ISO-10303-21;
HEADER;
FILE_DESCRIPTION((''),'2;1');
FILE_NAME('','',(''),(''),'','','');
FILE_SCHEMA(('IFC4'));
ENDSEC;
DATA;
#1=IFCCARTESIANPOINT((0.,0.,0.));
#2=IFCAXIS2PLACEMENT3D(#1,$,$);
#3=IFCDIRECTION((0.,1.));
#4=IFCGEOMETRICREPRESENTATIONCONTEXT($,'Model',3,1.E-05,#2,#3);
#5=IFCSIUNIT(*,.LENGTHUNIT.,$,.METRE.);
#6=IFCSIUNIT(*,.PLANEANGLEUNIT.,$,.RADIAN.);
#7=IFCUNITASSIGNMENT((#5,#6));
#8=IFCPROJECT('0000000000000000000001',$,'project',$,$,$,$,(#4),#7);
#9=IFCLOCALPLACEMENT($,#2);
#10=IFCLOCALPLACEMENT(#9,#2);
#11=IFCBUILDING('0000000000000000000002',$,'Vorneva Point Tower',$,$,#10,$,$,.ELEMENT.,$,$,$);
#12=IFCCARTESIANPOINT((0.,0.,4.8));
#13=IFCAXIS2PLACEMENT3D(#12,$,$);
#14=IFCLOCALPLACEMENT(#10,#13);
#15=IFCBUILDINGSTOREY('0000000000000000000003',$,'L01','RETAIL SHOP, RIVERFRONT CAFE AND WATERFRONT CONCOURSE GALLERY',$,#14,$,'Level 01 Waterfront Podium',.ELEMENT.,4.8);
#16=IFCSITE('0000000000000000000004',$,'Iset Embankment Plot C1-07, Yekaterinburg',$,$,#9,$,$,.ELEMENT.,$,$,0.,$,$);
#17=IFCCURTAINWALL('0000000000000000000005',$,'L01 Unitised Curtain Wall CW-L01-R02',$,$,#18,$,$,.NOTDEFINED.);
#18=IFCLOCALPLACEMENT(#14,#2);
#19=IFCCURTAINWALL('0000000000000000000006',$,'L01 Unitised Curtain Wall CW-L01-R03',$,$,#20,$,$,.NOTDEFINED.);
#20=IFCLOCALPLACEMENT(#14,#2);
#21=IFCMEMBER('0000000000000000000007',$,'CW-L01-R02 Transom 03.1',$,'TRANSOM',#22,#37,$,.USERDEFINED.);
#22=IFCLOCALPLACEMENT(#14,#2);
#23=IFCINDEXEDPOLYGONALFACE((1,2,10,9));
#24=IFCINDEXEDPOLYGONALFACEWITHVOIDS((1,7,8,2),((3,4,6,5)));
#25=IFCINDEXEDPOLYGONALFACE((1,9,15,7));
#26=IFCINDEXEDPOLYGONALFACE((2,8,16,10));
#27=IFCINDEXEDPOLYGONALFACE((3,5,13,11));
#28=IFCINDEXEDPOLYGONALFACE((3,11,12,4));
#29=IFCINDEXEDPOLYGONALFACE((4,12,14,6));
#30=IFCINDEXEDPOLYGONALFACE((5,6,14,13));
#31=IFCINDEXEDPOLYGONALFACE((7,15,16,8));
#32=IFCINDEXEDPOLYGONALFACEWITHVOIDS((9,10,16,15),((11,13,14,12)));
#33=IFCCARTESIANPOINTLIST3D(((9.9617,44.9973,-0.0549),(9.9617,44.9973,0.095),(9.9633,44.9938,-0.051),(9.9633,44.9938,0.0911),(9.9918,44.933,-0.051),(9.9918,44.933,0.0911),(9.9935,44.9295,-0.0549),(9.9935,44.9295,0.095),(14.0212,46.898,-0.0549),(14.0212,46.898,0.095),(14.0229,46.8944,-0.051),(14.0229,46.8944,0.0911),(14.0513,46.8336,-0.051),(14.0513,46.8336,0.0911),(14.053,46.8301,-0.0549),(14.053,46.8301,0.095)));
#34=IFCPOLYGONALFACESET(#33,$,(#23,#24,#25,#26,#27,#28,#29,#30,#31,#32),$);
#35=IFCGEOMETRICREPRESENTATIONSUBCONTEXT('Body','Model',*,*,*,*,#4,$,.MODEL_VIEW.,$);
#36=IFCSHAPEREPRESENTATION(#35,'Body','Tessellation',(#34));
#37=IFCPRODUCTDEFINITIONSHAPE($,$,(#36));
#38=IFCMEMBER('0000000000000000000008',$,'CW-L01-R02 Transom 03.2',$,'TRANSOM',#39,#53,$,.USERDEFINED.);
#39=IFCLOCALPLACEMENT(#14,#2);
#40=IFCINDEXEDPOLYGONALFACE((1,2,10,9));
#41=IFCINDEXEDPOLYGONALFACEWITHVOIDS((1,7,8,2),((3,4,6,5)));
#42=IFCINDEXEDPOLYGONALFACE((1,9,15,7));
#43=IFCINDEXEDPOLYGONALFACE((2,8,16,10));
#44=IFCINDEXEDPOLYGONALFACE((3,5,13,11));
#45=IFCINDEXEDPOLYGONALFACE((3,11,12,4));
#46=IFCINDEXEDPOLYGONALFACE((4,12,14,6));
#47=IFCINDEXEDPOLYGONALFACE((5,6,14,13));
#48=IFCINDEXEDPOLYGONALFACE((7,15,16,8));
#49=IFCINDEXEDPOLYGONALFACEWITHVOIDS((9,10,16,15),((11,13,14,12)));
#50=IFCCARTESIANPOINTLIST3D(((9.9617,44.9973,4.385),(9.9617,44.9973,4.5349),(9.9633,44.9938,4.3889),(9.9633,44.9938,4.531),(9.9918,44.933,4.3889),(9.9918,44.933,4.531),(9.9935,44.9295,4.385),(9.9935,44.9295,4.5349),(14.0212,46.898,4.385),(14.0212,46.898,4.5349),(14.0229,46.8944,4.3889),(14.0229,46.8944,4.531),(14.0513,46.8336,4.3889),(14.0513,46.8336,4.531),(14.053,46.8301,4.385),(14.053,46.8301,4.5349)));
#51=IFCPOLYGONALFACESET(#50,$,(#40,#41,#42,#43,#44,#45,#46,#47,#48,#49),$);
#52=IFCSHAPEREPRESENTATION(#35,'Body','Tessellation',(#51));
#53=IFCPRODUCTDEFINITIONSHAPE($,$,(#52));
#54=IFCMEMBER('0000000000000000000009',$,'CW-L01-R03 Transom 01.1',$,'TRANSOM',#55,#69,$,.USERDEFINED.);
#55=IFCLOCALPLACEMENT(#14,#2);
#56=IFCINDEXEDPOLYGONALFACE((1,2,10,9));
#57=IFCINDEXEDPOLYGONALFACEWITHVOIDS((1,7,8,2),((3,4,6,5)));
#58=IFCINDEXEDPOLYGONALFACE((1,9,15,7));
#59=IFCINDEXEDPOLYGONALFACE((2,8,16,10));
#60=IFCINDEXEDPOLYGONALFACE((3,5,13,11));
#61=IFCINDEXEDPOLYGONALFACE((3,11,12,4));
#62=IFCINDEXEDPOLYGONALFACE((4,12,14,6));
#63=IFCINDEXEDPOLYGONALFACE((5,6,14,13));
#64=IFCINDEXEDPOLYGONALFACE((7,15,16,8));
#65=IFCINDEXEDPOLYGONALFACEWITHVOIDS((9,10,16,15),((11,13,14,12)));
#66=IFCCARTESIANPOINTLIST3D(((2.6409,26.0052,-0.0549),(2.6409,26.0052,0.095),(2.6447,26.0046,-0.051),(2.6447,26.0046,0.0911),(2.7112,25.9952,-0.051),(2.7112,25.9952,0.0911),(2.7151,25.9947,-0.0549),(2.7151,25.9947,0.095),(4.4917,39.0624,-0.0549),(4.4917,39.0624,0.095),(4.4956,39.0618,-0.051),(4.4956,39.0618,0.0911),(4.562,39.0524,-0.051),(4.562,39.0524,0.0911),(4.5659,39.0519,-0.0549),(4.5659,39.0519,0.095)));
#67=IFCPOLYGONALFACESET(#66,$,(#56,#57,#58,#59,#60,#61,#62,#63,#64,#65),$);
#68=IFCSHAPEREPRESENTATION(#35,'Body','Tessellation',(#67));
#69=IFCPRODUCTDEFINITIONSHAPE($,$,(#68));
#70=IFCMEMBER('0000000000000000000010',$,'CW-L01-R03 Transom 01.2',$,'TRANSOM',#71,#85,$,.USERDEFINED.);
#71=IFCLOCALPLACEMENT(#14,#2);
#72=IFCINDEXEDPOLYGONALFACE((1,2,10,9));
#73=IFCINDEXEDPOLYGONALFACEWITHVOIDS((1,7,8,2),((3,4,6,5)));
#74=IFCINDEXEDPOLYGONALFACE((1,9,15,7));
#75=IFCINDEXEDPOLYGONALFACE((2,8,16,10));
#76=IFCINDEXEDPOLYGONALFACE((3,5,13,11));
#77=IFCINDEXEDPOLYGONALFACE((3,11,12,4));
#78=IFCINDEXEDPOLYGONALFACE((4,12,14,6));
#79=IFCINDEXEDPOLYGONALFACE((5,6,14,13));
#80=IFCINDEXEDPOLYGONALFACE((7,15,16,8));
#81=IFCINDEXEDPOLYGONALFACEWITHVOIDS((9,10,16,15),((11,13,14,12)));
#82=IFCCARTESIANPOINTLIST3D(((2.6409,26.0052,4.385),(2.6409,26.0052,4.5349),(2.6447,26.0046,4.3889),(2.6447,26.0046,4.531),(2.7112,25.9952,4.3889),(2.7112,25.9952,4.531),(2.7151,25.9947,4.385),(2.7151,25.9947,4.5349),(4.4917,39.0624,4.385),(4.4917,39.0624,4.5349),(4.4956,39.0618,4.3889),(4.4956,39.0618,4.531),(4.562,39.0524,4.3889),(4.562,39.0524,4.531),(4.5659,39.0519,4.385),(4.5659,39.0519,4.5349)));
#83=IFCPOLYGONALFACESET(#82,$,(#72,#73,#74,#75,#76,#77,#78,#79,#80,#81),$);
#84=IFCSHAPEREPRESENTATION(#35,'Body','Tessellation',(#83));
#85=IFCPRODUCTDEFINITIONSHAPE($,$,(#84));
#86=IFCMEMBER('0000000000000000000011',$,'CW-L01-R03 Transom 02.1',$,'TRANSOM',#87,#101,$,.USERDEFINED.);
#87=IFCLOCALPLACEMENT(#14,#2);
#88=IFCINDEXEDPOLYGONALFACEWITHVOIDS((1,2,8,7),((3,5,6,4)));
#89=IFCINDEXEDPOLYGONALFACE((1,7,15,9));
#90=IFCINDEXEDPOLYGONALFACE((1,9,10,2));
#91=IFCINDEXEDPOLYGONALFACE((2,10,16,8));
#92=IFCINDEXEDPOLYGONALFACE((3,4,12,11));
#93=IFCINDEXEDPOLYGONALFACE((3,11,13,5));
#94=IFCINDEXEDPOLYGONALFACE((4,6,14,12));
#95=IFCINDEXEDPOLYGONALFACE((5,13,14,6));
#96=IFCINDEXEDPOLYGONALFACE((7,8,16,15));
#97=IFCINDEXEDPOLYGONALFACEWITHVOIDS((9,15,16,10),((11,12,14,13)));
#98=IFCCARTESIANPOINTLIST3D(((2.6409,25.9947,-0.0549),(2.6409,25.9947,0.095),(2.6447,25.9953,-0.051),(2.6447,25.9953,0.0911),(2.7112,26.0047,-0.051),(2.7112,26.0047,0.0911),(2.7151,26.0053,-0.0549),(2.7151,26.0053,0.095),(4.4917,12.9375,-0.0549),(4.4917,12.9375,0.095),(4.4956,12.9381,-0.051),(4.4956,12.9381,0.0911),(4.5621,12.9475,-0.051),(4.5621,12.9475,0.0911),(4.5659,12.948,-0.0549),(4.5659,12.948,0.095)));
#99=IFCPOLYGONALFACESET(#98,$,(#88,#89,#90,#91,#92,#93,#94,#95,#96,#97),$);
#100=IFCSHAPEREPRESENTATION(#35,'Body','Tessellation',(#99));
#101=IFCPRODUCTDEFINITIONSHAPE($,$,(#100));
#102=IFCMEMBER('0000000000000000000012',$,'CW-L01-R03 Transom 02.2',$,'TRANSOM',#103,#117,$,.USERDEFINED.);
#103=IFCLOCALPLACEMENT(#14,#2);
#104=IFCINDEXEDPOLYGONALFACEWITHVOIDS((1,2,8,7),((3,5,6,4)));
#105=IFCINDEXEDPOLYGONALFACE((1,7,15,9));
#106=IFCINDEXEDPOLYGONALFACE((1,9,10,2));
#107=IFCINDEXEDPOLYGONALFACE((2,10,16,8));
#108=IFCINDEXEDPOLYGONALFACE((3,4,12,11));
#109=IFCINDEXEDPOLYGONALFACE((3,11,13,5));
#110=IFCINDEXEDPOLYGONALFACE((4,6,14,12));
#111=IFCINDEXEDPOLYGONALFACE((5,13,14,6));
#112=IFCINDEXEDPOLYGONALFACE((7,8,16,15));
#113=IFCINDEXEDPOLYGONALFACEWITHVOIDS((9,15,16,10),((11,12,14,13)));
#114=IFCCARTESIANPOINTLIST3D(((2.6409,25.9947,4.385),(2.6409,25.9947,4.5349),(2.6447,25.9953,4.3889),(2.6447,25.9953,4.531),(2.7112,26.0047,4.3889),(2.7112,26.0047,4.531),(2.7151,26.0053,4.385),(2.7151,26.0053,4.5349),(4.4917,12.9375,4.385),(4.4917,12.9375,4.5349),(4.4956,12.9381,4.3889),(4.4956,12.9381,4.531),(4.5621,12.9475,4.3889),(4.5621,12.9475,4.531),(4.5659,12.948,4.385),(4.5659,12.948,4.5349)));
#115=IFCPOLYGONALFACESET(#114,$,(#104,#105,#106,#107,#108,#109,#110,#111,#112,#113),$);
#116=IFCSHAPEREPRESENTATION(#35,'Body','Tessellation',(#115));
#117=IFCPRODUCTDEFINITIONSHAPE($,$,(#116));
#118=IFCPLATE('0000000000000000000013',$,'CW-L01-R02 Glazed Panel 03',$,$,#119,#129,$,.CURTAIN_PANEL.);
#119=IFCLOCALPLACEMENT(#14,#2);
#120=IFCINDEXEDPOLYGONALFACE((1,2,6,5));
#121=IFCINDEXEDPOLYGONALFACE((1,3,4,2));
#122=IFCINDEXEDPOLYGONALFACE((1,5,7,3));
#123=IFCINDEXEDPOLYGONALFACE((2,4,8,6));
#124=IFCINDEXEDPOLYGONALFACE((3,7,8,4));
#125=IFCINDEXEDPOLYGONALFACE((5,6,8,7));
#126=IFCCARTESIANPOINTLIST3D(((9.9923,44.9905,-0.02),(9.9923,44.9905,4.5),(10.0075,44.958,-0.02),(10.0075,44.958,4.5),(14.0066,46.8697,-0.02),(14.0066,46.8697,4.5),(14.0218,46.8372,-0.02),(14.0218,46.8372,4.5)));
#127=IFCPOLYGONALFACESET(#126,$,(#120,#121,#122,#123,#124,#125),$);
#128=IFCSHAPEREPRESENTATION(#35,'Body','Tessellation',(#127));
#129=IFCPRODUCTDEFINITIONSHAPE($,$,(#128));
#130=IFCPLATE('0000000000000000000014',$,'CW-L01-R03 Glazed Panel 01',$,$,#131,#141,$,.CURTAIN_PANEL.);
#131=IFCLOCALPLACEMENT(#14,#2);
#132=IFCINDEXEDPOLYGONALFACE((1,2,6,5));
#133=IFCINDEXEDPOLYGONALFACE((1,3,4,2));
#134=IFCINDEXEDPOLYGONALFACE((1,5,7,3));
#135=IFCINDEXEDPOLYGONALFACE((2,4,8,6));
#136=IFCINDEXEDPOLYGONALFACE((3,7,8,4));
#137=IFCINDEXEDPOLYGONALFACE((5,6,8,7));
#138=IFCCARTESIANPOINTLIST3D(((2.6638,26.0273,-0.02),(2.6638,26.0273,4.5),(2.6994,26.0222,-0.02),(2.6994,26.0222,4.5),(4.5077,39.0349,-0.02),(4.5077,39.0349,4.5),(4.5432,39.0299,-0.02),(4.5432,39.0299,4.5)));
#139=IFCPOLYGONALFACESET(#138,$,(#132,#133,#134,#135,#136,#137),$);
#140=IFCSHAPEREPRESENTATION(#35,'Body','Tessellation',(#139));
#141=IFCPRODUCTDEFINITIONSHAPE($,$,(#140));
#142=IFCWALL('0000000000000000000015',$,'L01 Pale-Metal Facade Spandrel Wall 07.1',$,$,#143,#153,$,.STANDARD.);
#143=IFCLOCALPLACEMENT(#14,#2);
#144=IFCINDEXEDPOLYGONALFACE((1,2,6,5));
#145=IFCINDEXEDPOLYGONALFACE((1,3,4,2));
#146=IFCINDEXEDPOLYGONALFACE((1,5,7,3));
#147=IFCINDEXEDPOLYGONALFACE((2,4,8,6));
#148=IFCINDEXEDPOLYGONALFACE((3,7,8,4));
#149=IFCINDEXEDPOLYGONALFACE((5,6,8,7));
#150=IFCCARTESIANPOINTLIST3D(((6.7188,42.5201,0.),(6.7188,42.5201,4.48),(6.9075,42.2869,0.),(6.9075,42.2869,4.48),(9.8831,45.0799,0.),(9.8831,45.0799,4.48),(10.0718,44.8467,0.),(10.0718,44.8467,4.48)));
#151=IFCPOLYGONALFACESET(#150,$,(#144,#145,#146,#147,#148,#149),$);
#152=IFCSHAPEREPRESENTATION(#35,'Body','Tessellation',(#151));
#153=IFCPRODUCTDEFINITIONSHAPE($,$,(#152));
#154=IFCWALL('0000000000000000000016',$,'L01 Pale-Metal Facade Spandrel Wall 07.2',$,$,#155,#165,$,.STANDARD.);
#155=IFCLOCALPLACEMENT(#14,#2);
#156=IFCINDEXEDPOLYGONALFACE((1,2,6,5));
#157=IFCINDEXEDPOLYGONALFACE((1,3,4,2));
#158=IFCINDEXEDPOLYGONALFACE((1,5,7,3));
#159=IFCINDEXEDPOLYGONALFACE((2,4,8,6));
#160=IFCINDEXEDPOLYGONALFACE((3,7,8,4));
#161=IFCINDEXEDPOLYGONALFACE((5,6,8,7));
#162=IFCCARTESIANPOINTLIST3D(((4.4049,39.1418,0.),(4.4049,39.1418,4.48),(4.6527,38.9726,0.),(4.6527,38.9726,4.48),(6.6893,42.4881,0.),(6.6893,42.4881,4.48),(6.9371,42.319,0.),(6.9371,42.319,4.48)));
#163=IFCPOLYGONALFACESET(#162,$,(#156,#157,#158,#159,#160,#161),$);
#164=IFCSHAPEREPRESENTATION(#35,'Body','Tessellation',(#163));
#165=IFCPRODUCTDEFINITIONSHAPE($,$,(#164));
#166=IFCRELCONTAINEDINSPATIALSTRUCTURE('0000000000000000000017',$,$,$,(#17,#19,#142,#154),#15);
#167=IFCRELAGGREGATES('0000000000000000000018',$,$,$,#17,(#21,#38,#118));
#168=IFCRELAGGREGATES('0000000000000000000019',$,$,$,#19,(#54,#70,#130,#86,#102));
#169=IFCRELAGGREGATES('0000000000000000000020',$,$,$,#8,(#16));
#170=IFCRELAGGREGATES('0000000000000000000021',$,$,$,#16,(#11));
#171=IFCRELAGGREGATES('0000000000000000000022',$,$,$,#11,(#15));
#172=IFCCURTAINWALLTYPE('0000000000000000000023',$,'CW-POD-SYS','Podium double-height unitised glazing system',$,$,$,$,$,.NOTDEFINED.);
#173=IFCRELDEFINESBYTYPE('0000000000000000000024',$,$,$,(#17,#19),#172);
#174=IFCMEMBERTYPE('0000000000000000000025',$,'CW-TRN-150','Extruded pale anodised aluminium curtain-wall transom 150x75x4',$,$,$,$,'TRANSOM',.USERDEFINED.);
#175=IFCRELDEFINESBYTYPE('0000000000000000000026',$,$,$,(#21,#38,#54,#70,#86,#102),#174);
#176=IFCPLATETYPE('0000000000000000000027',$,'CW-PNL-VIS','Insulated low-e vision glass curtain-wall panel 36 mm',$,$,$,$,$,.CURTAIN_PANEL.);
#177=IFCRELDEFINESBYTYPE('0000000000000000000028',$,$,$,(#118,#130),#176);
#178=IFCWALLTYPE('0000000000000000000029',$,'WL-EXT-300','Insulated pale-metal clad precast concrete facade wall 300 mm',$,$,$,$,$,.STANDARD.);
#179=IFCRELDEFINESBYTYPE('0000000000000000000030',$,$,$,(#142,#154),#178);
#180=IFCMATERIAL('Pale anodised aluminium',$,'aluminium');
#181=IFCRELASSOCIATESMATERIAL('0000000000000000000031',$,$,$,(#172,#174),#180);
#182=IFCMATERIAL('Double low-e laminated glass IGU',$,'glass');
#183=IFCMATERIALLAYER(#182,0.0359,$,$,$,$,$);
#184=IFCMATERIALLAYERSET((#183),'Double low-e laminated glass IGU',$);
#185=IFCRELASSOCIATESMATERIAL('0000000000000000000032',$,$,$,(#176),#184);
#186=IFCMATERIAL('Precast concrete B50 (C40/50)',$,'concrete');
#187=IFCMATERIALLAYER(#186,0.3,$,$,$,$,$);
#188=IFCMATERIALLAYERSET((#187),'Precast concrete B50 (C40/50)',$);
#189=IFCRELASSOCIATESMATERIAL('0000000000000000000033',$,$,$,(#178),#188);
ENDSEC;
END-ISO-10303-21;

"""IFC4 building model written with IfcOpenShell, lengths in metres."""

from ifc_helpers import new_model, si_unit, direction, frame, frame_2d, origin, origin_2d, place, context, subcontext, project, spatial, rectangle, hollow_rectangle, extrude, material, layer, layer_set, material_profile, profile_set, type_object, element, aggregate, save


model = new_model("IFC4")

# Units and contexts
model_context = context("Model", 3, precision=1e-05, world=origin(), true_north=direction((0.0, 1.0)))
body_context = subcontext(model_context, "Body", "Model", "MODEL_VIEW")
ifc_project = project(units=[si_unit("LENGTHUNIT", "METRE"), si_unit("PLANEANGLEUNIT", "RADIAN")], contexts=[model_context])

# Site, building, storey
site_placement = place(None, origin())
site = spatial("IfcSite", under=ifc_project, at=site_placement, Name="Iset Embankment Plot C1-07, Yekaterinburg", CompositionType="ELEMENT", RefElevation=0.0)
building_placement = place(site_placement, origin())
building = spatial("IfcBuilding", under=site, at=building_placement, Name="Vorneva Point Tower", CompositionType="ELEMENT")
storey_placement = place(building_placement, frame((0.0, 0.0, 4.8)))
storey = spatial("IfcBuildingStorey", under=building, at=storey_placement, Name="L01", Description="RETAIL SHOP, RIVERFRONT CAFE AND WATERFRONT CONCOURSE GALLERY", LongName="Level 01 Waterfront Podium", CompositionType="ELEMENT", Elevation=4.8)

# Curtain walls
ifc_material_1 = material(Name="Pale anodised aluminium", Category="aluminium")
curtain_wall_type = type_object("IfcCurtainWallType", Name="CW-POD-SYS", Description="Podium double-height unitised glazing system", PredefinedType="NOTDEFINED", material=ifc_material_1)
curtain_wall_1_placement = place(storey_placement, origin())
curtain_wall_1 = element("IfcCurtainWall", 1, at=curtain_wall_1_placement, inside=storey, type_object=curtain_wall_type, Name="L01 Unitised Curtain Wall CW-L01-R02", PredefinedType="NOTDEFINED")
curtain_wall_2_placement = place(storey_placement, origin())
curtain_wall_2 = element("IfcCurtainWall", 2, at=curtain_wall_2_placement, inside=storey, type_object=curtain_wall_type, Name="L01 Unitised Curtain Wall CW-L01-R03", PredefinedType="NOTDEFINED")

# Members
ifc_material_profile_1 = material_profile(ifc_material_1, hollow_rectangle(XDim=0.075, YDim=0.1499, WallThickness=0.0039, at=origin_2d()), Name="AL-TRN 150x75x4")
ifc_profile_set_1 = profile_set([ifc_material_profile_1], Name="Pale anodised aluminium")
member_type_1 = type_object("IfcMemberType", Name="CW-TRN-150", Description="Extruded pale anodised aluminium curtain-wall transom 150x75x4", ElementType="TRANSOM", PredefinedType="USERDEFINED", material=ifc_profile_set_1)
member_1_placement = place(storey_placement, frame((14.0371, 46.864, 0.02), z_axis=(-0.905655, -0.424015, 0.0), x_axis=(0.424015, -0.905655, 0.0)))
member_1 = element("IfcMember", 3, at=member_1_placement, type_object=member_type_1, Name="CW-L01-R02 Transom 03.1", ObjectType="TRANSOM", PredefinedType="USERDEFINED", context=body_context, shape_type="SweptSolid", body=[
    extrude(hollow_rectangle(XDim=0.075, YDim=0.1499, WallThickness=0.0039, at=origin_2d()), origin(), (0.0, 0.0, 1.0), 4.4824),
])
member_2_placement = place(storey_placement, frame((14.0371, 46.864, 4.46), z_axis=(-0.905655, -0.424015, 0.0), x_axis=(0.424015, -0.905655, 0.0)))
member_2 = element("IfcMember", 4, at=member_2_placement, type_object=member_type_1, Name="CW-L01-R02 Transom 03.2", ObjectType="TRANSOM", PredefinedType="USERDEFINED", context=body_context, shape_type="SweptSolid", body=[
    extrude(hollow_rectangle(XDim=0.075, YDim=0.1499, WallThickness=0.0039, at=origin_2d()), origin(), (0.0, 0.0, 1.0), 4.4824),
])
member_3_placement = place(storey_placement, frame((4.5288, 39.0571, 0.02), z_axis=(-0.140346, -0.990103, 0.0), x_axis=(0.990103, -0.140346, 0.0)))
member_3 = element("IfcMember", 5, at=member_3_placement, type_object=member_type_1, Name="CW-L01-R03 Transom 01.1", ObjectType="TRANSOM", PredefinedType="USERDEFINED", context=body_context, shape_type="SweptSolid", body=[
    extrude(hollow_rectangle(XDim=0.075, YDim=0.1499, WallThickness=0.0039, at=origin_2d()), origin(), (0.0, 0.0, 1.0), 13.1877),
])
member_4_placement = place(storey_placement, frame((4.5288, 39.0571, 4.46), z_axis=(-0.140346, -0.990103, 0.0), x_axis=(0.990103, -0.140346, 0.0)))
member_4 = element("IfcMember", 6, at=member_4_placement, type_object=member_type_1, Name="CW-L01-R03 Transom 01.2", ObjectType="TRANSOM", PredefinedType="USERDEFINED", context=body_context, shape_type="SweptSolid", body=[
    extrude(hollow_rectangle(XDim=0.075, YDim=0.1499, WallThickness=0.0039, at=origin_2d()), origin(), (0.0, 0.0, 1.0), 13.1877),
])
member_5_placement = place(storey_placement, frame((2.678, 26.0, 0.02), z_axis=(0.140346, -0.990103, 0.0), x_axis=(0.990103, 0.140346, 0.0)))
member_5 = element("IfcMember", 7, at=member_5_placement, type_object=member_type_1, Name="CW-L01-R03 Transom 02.1", ObjectType="TRANSOM", PredefinedType="USERDEFINED", context=body_context, shape_type="SweptSolid", body=[
    extrude(hollow_rectangle(XDim=0.075, YDim=0.1499, WallThickness=0.0039, at=origin_2d()), origin(), (0.0, 0.0, 1.0), 13.1877),
])
member_6_placement = place(storey_placement, frame((2.678, 26.0, 4.46), z_axis=(0.140346, -0.990103, 0.0), x_axis=(0.990103, 0.140346, 0.0)))
member_6 = element("IfcMember", 8, at=member_6_placement, type_object=member_type_1, Name="CW-L01-R03 Transom 02.2", ObjectType="TRANSOM", PredefinedType="USERDEFINED", context=body_context, shape_type="SweptSolid", body=[
    extrude(hollow_rectangle(XDim=0.075, YDim=0.1499, WallThickness=0.0039, at=origin_2d()), origin(), (0.0, 0.0, 1.0), 13.1877),
])

# Plates
ifc_material_2 = material(Name="Double low-e laminated glass IGU", Category="glass")
ifc_layer_1 = layer(ifc_material_2, 0.0359)
ifc_layer_set_1 = layer_set([ifc_layer_1], Name="Double low-e laminated glass IGU")
plate_type = type_object("IfcPlateType", Name="CW-PNL-VIS", Description="Insulated low-e vision glass curtain-wall panel 36 mm", PredefinedType="CURTAIN_PANEL", material=ifc_layer_set_1)
plate_1_placement = place(storey_placement, frame((12.0071, 45.9138, -0.02), z_axis=(0.0, 0.0, 1.0), x_axis=(-0.905672, -0.423978, 0.0)))
plate_1 = element("IfcPlate", 9, at=plate_1_placement, type_object=plate_type, Name="CW-L01-R02 Glazed Panel 03", PredefinedType="CURTAIN_PANEL", context=body_context, shape_type="SweptSolid", body=[
    extrude(rectangle(XDim=4.4324, YDim=0.0359, at=origin_2d()), origin(), (0.0, 0.0, 1.0), 4.52),
])
aggregate(curtain_wall_1, [member_1, member_2, plate_1])
plate_2_placement = place(storey_placement, frame((3.6035, 32.5286, -0.02), z_axis=(0.0, 0.0, 1.0), x_axis=(-0.140348, -0.990102, 0.0)))
plate_2 = element("IfcPlate", 10, at=plate_2_placement, type_object=plate_type, Name="CW-L01-R03 Glazed Panel 01", PredefinedType="CURTAIN_PANEL", context=body_context, shape_type="SweptSolid", body=[
    extrude(rectangle(XDim=13.1377, YDim=0.0359, at=origin_2d()), origin(), (0.0, 0.0, 1.0), 4.52),
])
aggregate(curtain_wall_2, [member_3, member_4, plate_2, member_5, member_6])

# Walls
ifc_material_3 = material(Name="Precast concrete B50 (C40/50)", Category="concrete")
ifc_layer_2 = layer(ifc_material_3, 0.3)
ifc_layer_set_2 = layer_set([ifc_layer_2], Name="Precast concrete B50 (C40/50)")
wall_type_1 = type_object("IfcWallType", Name="WL-EXT-300", Description="Insulated pale-metal clad precast concrete facade wall 300 mm", PredefinedType="STANDARD", material=ifc_layer_set_2)
wall_1_placement = place(storey_placement, frame((9.9775, 44.9634, 0.0), z_axis=(0.0, 0.0, 1.0), x_axis=(-0.777457, -0.628936, 0.0)))
element("IfcWall", 11, at=wall_1_placement, inside=storey, type_object=wall_type_1, Name="L01 Pale-Metal Facade Spandrel Wall 07.1", PredefinedType="STANDARD", context=body_context, shape_type="SweptSolid", body=[
    extrude(rectangle(XDim=4.0701, YDim=0.3, at=frame_2d((2.0352, 0.0))), origin(), (0.0, 0.0, 1.0), 4.48),
])
wall_2_placement = place(storey_placement, frame((6.8132, 42.4036, 0.0), z_axis=(0.0, 0.0, 1.0), x_axis=(-0.563802, -0.82591, 0.0)))
element("IfcWall", 12, at=wall_2_placement, inside=storey, type_object=wall_type_1, Name="L01 Pale-Metal Facade Spandrel Wall 07.2", PredefinedType="STANDARD", context=body_context, shape_type="SweptSolid", body=[
    extrude(rectangle(XDim=4.0518, YDim=0.3, at=frame_2d((2.0259, 0.0))), origin(), (0.0, 0.0, 1.0), 4.48),
])

save(model, "model.ifc")
